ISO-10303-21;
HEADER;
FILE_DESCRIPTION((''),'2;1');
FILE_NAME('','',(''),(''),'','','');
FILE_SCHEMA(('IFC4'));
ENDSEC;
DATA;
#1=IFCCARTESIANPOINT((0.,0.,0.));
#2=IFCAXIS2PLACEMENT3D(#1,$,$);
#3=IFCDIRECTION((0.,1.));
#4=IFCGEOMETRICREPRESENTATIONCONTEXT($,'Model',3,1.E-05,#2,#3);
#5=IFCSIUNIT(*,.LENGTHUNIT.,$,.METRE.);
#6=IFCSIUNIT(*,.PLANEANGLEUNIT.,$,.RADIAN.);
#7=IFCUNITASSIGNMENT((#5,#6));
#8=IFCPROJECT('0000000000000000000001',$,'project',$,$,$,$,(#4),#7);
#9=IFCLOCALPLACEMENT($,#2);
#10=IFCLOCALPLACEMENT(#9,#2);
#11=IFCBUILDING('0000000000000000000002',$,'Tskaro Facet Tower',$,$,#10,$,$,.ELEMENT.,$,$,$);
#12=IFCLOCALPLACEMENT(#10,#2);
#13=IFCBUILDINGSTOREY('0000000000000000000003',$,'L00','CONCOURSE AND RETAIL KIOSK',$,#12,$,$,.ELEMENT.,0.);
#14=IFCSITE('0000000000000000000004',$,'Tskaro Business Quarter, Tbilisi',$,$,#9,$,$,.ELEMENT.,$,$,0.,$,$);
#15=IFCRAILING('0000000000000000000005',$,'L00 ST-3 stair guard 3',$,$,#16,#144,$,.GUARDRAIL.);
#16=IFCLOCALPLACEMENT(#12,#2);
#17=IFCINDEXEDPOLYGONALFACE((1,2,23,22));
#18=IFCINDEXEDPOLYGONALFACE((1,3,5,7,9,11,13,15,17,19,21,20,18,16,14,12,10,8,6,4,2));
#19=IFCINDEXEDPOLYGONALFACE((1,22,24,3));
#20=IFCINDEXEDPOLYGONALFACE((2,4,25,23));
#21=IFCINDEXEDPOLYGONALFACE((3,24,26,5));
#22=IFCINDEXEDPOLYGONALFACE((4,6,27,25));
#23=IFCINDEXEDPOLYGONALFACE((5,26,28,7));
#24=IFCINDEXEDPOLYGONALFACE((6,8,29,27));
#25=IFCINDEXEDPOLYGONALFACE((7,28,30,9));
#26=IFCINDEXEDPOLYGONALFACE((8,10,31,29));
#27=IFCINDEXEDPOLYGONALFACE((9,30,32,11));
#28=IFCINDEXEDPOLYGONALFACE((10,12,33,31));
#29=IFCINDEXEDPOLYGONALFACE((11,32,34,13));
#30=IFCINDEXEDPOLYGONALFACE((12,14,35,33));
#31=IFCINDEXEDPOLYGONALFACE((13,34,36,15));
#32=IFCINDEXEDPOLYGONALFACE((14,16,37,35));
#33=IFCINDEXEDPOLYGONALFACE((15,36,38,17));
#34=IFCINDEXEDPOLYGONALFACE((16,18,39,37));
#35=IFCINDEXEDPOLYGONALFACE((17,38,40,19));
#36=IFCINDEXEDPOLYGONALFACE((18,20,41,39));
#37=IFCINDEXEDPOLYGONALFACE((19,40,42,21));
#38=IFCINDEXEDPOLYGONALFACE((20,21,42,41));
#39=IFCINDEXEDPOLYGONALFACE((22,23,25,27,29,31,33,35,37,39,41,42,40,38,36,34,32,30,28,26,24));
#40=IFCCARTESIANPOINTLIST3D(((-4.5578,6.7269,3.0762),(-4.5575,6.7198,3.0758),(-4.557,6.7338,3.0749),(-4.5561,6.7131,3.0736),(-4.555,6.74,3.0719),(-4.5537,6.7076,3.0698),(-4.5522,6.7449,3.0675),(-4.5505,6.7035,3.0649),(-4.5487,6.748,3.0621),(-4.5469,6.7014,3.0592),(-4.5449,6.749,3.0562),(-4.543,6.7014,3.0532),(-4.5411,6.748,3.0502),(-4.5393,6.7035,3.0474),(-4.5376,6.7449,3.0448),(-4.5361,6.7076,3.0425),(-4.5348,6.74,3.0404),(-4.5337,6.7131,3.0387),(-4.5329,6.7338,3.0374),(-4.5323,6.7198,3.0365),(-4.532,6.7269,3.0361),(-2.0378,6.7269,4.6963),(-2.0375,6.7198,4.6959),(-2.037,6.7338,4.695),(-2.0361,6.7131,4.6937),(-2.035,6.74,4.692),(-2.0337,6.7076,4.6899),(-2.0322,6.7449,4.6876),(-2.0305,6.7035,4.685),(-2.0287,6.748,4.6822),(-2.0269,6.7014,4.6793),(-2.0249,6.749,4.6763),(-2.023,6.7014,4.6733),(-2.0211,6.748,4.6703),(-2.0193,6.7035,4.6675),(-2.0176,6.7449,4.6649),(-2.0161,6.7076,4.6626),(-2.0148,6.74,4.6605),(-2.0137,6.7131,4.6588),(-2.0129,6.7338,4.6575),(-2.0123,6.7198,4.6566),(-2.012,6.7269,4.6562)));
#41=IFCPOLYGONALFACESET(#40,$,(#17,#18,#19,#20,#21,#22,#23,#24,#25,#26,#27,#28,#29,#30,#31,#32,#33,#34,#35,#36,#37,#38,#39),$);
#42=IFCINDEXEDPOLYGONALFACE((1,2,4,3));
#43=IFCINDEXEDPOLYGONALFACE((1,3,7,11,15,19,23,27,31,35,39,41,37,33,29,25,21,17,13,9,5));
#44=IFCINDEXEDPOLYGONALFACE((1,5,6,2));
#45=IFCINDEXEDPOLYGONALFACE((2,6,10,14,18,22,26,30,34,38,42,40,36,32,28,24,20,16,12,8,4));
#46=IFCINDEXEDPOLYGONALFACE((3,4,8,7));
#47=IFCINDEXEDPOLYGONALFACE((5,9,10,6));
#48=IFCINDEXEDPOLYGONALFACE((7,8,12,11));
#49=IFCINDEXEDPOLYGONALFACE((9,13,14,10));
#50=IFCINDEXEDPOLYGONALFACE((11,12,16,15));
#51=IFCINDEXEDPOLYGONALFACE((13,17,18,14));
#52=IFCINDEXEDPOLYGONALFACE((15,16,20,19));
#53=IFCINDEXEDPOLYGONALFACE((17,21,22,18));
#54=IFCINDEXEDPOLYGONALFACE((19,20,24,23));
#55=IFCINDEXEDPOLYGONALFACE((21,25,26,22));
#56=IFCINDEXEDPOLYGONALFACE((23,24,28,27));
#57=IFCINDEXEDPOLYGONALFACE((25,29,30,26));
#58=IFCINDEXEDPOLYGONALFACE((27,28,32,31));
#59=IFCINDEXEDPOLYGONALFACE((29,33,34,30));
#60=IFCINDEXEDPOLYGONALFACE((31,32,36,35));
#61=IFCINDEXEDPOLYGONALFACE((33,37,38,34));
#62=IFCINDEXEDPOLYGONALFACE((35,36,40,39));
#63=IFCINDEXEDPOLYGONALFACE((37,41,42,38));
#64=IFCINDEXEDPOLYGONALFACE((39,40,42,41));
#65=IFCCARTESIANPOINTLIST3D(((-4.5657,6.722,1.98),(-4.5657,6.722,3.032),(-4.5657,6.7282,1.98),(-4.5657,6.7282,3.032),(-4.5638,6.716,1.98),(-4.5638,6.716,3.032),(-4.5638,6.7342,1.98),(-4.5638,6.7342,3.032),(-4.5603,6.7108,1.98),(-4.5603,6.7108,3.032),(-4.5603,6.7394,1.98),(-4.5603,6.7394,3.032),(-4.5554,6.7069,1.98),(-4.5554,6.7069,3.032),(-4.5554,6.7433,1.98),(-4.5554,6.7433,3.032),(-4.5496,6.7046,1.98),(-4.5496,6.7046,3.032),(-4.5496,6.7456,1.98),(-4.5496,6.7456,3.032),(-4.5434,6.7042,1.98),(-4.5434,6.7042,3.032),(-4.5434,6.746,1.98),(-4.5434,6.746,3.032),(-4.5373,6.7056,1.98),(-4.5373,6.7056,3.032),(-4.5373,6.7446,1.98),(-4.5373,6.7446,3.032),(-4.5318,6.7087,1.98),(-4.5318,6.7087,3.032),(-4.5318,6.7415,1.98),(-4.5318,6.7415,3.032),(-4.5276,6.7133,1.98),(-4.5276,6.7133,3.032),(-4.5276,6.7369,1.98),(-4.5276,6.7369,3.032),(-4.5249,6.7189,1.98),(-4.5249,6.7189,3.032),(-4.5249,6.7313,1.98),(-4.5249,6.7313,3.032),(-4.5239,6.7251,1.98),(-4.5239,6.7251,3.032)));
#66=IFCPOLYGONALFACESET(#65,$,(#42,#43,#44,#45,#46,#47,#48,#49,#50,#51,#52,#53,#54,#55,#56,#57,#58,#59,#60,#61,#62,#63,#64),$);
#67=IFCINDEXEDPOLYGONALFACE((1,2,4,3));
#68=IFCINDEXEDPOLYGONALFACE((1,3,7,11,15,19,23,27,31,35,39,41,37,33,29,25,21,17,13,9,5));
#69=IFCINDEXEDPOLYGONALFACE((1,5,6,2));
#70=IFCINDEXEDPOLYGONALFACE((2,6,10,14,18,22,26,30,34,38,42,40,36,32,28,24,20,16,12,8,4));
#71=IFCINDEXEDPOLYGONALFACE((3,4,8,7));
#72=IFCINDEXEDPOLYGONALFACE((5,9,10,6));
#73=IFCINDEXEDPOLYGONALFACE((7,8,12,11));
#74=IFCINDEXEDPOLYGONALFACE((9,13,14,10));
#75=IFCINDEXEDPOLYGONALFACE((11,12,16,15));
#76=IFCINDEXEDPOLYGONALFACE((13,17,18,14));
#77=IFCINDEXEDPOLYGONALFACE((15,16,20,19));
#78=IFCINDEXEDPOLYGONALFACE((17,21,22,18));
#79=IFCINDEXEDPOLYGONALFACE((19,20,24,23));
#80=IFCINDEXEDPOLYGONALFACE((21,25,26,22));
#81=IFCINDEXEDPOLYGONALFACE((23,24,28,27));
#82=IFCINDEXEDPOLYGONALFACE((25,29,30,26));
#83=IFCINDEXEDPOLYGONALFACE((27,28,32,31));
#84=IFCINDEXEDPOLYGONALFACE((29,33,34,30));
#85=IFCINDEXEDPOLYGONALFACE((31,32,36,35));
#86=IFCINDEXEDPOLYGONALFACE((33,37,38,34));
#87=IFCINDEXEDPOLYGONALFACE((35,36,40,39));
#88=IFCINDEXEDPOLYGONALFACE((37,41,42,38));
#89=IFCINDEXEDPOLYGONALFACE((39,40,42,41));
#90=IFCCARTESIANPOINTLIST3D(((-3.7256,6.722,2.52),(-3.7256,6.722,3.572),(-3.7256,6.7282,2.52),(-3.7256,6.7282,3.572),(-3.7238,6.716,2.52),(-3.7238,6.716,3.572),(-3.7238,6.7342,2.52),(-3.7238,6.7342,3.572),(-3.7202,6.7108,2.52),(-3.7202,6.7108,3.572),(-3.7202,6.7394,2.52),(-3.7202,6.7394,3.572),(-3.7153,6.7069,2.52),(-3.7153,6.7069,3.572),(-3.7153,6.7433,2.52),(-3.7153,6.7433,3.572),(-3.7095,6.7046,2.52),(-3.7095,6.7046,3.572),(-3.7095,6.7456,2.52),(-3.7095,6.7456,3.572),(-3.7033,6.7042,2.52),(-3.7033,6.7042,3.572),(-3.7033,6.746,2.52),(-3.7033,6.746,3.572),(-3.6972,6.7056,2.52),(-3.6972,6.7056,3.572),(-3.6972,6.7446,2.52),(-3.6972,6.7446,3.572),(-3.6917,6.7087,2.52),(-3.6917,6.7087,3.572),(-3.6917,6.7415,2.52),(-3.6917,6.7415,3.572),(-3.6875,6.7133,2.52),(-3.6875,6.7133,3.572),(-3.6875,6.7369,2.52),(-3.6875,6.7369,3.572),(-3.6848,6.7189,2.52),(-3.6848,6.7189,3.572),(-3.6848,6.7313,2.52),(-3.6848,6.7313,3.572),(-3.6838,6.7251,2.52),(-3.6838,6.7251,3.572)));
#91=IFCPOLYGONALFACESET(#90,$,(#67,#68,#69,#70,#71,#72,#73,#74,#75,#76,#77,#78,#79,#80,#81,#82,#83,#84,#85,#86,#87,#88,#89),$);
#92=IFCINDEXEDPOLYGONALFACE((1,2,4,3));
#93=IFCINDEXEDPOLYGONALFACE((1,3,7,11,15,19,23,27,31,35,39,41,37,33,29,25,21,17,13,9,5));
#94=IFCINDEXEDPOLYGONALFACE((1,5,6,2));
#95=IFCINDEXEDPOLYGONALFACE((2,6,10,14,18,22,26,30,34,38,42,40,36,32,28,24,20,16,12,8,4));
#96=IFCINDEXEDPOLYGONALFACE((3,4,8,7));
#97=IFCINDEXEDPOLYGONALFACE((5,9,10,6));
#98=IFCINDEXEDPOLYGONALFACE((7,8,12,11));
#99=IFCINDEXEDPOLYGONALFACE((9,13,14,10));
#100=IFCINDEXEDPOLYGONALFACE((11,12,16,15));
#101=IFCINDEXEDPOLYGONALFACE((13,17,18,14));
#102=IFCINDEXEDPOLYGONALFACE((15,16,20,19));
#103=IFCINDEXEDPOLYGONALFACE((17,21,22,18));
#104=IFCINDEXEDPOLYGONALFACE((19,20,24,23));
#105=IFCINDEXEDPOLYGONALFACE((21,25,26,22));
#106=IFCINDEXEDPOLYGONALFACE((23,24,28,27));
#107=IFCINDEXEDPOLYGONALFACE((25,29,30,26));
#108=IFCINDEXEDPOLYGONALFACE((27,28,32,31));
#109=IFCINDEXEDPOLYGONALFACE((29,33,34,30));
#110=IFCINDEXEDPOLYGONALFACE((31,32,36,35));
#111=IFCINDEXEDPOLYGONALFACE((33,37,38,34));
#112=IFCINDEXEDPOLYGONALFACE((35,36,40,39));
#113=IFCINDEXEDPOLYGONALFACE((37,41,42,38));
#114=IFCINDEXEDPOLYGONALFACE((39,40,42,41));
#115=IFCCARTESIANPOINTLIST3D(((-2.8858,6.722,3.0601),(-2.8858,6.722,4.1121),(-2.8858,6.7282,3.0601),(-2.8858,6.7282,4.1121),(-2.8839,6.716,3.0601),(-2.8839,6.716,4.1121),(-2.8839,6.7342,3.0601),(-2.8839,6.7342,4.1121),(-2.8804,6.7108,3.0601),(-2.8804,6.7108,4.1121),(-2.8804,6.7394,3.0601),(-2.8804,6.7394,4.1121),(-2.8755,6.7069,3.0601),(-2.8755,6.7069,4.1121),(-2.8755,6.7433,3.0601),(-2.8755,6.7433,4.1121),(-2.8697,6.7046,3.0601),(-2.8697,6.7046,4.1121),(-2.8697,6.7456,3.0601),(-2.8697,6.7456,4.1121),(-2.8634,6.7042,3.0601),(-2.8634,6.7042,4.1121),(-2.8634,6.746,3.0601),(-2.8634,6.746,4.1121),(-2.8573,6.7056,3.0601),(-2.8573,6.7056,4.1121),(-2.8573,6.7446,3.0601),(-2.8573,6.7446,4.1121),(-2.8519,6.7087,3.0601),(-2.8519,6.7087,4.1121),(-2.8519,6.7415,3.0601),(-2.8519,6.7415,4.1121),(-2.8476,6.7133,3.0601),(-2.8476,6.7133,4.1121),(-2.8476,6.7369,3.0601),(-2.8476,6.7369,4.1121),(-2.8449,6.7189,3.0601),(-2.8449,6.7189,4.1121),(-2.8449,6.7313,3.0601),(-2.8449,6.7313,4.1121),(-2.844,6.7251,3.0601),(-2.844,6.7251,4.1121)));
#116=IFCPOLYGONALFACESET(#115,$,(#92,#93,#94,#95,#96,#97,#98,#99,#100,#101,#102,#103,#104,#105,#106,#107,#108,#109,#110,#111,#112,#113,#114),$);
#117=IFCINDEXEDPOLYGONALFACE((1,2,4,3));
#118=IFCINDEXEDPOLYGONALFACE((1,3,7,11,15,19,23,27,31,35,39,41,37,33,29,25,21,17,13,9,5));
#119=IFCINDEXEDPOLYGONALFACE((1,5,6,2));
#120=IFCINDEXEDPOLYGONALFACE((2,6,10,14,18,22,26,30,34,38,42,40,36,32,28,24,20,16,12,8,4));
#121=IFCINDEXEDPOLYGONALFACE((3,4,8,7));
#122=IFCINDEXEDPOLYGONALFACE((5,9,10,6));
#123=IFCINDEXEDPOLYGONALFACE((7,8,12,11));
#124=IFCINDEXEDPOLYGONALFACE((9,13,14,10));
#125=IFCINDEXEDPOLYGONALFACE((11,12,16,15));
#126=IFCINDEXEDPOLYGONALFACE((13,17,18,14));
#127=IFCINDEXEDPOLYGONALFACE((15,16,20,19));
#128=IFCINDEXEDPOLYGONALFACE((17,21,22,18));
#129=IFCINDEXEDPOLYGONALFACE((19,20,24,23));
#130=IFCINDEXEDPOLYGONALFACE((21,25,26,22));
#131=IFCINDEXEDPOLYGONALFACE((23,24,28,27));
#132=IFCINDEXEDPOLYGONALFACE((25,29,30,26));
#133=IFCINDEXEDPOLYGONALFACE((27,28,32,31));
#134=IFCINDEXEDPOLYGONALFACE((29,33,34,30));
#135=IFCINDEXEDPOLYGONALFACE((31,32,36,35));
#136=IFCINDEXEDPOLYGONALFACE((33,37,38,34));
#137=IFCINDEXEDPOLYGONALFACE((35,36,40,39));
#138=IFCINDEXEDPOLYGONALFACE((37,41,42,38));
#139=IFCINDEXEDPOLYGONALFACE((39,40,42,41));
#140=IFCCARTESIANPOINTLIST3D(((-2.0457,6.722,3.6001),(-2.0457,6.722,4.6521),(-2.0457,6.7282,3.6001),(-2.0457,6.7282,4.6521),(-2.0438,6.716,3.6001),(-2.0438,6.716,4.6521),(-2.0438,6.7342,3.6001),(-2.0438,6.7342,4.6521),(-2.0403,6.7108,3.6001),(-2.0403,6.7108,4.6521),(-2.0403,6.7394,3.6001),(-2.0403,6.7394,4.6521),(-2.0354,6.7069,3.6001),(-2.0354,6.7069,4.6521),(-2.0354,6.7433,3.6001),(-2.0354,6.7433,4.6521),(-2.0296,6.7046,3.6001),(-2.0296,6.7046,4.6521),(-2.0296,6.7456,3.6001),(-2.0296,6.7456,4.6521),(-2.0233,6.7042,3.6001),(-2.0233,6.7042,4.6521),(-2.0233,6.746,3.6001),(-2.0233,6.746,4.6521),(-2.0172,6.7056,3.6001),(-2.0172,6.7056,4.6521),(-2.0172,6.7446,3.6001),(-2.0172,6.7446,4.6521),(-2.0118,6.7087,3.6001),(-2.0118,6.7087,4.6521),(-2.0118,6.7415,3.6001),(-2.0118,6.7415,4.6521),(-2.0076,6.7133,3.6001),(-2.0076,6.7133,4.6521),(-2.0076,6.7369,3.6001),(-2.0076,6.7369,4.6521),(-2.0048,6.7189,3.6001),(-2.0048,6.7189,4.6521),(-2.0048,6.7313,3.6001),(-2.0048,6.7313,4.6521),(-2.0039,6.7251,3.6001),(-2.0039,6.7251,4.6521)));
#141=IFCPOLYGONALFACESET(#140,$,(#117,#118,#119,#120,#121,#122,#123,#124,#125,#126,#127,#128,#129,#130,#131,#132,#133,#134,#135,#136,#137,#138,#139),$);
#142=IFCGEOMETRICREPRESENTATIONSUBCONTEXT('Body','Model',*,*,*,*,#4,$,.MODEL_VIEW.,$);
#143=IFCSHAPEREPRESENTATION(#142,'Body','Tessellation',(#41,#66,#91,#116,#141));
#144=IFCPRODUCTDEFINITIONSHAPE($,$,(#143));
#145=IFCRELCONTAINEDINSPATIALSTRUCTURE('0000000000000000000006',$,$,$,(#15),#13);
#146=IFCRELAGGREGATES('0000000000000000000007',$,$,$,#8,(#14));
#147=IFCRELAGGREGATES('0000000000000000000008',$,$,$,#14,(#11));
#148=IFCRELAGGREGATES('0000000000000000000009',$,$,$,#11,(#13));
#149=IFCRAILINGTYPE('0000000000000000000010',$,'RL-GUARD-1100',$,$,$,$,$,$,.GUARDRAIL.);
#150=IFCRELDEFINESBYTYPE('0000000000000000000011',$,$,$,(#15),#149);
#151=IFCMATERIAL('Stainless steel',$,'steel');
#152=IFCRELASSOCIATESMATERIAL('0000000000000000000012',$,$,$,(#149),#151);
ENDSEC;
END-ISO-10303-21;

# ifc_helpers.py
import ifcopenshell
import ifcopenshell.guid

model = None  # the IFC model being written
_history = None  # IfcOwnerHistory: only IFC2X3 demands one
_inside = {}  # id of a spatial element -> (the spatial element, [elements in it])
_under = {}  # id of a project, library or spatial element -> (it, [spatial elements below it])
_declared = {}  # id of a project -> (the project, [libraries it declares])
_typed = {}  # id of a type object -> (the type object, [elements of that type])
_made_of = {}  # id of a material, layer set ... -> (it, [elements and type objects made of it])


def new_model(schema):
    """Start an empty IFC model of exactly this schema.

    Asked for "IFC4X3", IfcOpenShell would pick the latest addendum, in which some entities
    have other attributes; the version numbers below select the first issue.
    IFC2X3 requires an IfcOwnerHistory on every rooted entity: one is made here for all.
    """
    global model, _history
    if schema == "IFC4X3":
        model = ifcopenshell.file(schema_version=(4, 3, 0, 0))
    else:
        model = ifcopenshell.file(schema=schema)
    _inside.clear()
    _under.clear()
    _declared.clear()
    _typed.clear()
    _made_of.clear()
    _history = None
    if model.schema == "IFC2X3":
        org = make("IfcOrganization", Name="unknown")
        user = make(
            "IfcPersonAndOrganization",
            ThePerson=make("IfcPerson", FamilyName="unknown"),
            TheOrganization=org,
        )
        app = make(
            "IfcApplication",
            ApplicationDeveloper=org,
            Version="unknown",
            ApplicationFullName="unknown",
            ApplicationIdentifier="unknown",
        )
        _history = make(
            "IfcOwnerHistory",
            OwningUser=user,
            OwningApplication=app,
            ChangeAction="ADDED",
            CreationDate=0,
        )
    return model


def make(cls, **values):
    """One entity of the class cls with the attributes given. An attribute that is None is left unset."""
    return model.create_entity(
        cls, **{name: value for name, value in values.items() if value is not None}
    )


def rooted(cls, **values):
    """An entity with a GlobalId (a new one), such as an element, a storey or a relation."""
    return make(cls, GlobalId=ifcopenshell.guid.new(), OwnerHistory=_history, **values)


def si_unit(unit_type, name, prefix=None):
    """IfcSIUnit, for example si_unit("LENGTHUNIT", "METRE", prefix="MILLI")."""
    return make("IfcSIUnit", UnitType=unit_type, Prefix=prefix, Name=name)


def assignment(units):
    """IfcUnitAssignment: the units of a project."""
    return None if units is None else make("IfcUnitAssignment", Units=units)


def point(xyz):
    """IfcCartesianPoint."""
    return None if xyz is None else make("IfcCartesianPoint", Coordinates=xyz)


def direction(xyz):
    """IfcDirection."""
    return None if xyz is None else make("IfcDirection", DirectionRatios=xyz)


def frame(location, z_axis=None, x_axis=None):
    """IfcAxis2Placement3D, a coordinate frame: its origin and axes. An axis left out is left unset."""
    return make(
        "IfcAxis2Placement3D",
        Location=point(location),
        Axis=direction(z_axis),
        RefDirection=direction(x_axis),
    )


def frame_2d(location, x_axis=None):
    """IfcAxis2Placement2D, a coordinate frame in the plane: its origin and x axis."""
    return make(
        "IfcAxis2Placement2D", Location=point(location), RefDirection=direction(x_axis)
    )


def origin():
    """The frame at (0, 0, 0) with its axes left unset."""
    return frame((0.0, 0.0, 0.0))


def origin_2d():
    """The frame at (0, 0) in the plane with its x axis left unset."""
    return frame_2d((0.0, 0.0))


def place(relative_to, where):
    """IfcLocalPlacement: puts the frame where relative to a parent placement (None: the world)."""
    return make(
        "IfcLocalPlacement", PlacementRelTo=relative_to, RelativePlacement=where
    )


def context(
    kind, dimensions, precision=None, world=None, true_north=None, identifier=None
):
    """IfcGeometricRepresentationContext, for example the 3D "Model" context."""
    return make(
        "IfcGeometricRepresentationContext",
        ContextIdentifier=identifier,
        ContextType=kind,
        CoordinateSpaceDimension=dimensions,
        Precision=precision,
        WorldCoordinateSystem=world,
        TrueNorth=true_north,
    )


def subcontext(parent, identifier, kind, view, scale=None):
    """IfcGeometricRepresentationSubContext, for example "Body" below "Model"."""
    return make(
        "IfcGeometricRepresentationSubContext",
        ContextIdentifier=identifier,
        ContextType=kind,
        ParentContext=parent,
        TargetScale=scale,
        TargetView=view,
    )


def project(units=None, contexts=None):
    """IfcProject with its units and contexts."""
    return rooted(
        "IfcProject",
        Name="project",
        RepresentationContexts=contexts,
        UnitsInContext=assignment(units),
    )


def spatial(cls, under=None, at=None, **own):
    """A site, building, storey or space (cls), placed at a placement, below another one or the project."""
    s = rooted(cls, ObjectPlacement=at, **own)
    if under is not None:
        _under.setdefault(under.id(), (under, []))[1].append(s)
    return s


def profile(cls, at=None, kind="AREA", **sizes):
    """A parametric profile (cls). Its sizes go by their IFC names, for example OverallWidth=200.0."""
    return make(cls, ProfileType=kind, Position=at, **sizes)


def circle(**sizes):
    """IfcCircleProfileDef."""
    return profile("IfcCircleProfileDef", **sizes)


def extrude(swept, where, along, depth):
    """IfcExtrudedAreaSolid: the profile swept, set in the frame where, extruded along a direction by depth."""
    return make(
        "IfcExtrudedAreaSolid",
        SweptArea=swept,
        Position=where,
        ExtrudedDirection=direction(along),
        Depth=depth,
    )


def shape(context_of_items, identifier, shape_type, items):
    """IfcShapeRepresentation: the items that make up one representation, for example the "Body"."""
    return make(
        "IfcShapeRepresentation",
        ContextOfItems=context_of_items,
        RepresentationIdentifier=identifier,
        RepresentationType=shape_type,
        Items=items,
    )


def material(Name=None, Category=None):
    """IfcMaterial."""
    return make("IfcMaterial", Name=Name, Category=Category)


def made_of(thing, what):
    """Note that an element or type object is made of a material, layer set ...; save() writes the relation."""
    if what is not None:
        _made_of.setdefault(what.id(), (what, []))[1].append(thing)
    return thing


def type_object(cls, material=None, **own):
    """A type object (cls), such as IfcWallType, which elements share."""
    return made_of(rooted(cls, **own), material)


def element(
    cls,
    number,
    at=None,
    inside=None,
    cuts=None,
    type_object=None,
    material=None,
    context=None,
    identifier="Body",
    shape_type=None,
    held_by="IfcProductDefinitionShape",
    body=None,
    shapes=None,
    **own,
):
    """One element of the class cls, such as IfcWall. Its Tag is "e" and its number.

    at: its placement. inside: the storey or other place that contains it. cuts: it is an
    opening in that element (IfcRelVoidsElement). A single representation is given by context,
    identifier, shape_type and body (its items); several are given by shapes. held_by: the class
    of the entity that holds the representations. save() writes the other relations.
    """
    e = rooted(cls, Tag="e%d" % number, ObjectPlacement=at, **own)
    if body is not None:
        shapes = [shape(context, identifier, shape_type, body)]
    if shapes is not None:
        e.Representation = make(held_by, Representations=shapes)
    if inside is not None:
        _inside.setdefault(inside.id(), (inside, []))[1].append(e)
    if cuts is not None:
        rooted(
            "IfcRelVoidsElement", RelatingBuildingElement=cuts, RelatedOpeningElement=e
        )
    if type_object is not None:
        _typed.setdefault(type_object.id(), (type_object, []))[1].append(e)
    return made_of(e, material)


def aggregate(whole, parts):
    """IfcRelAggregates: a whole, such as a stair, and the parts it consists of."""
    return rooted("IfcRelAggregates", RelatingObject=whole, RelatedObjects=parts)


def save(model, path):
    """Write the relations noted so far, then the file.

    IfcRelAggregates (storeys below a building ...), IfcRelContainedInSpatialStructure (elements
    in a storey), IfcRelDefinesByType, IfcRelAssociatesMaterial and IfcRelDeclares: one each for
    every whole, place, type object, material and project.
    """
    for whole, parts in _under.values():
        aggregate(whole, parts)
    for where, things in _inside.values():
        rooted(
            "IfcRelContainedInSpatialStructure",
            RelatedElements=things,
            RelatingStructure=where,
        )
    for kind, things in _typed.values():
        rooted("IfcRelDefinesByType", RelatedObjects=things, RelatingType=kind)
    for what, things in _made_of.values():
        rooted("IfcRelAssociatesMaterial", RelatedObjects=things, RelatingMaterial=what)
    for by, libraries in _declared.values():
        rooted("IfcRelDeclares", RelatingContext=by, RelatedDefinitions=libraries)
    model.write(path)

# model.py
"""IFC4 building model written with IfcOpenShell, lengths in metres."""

from ifc_helpers import new_model, si_unit, direction, frame, origin, origin_2d, place, context, subcontext, project, spatial, circle, extrude, material, type_object, element, save


model = new_model("IFC4")

# Units and contexts
model_context = context("Model", 3, precision=1e-05, world=origin(), true_north=direction((0.0, 1.0)))
body_context = subcontext(model_context, "Body", "Model", "MODEL_VIEW")
ifc_project = project(units=[si_unit("LENGTHUNIT", "METRE"), si_unit("PLANEANGLEUNIT", "RADIAN")], contexts=[model_context])

# Site, building, storey
site_placement = place(None, origin())
site = spatial("IfcSite", under=ifc_project, at=site_placement, Name="Tskaro Business Quarter, Tbilisi", CompositionType="ELEMENT", RefElevation=0.0)
building_placement = place(site_placement, origin())
building = spatial("IfcBuilding", under=site, at=building_placement, Name="Tskaro Facet Tower", CompositionType="ELEMENT")
storey_placement = place(building_placement, origin())
storey = spatial("IfcBuildingStorey", under=building, at=storey_placement, Name="L00", Description="CONCOURSE AND RETAIL KIOSK", CompositionType="ELEMENT", Elevation=0.0)

# Railing
ifc_material_1 = material(Name="Stainless steel", Category="steel")
railing_type_1 = type_object("IfcRailingType", Name="RL-GUARD-1100", PredefinedType="GUARDRAIL", material=ifc_material_1)
railing_1_placement = place(storey_placement, frame((-4.5449, 6.7251, 1.98)))
element("IfcRailing", 1, at=railing_1_placement, inside=storey, type_object=railing_type_1, Name="L00 ST-3 stair guard 3", PredefinedType="GUARDRAIL", context=body_context, shape_type="SweptSolid", body=[
    extrude(circle(Radius=0.0239, at=origin_2d()), frame((0.0, 0.0, 1.0762), z_axis=(0.841163, 0.0, 0.540782), x_axis=(0.0, 1.0, 0.0)), (0.0, 0.0, 1.0), 2.9958),
    extrude(circle(Radius=0.021, at=origin_2d()), origin(), (0.0, 0.0, 1.0), 1.052),
    extrude(circle(Radius=0.021, at=origin_2d()), frame((0.8401, 0.0, 0.54)), (0.0, 0.0, 1.0), 1.052),
    extrude(circle(Radius=0.021, at=origin_2d()), frame((1.6799, 0.0, 1.0801)), (0.0, 0.0, 1.0), 1.052),
    extrude(circle(Radius=0.021, at=origin_2d()), frame((2.52, 0.0, 1.6201)), (0.0, 0.0, 1.0), 1.052),
])

save(model, "model.ifc")
